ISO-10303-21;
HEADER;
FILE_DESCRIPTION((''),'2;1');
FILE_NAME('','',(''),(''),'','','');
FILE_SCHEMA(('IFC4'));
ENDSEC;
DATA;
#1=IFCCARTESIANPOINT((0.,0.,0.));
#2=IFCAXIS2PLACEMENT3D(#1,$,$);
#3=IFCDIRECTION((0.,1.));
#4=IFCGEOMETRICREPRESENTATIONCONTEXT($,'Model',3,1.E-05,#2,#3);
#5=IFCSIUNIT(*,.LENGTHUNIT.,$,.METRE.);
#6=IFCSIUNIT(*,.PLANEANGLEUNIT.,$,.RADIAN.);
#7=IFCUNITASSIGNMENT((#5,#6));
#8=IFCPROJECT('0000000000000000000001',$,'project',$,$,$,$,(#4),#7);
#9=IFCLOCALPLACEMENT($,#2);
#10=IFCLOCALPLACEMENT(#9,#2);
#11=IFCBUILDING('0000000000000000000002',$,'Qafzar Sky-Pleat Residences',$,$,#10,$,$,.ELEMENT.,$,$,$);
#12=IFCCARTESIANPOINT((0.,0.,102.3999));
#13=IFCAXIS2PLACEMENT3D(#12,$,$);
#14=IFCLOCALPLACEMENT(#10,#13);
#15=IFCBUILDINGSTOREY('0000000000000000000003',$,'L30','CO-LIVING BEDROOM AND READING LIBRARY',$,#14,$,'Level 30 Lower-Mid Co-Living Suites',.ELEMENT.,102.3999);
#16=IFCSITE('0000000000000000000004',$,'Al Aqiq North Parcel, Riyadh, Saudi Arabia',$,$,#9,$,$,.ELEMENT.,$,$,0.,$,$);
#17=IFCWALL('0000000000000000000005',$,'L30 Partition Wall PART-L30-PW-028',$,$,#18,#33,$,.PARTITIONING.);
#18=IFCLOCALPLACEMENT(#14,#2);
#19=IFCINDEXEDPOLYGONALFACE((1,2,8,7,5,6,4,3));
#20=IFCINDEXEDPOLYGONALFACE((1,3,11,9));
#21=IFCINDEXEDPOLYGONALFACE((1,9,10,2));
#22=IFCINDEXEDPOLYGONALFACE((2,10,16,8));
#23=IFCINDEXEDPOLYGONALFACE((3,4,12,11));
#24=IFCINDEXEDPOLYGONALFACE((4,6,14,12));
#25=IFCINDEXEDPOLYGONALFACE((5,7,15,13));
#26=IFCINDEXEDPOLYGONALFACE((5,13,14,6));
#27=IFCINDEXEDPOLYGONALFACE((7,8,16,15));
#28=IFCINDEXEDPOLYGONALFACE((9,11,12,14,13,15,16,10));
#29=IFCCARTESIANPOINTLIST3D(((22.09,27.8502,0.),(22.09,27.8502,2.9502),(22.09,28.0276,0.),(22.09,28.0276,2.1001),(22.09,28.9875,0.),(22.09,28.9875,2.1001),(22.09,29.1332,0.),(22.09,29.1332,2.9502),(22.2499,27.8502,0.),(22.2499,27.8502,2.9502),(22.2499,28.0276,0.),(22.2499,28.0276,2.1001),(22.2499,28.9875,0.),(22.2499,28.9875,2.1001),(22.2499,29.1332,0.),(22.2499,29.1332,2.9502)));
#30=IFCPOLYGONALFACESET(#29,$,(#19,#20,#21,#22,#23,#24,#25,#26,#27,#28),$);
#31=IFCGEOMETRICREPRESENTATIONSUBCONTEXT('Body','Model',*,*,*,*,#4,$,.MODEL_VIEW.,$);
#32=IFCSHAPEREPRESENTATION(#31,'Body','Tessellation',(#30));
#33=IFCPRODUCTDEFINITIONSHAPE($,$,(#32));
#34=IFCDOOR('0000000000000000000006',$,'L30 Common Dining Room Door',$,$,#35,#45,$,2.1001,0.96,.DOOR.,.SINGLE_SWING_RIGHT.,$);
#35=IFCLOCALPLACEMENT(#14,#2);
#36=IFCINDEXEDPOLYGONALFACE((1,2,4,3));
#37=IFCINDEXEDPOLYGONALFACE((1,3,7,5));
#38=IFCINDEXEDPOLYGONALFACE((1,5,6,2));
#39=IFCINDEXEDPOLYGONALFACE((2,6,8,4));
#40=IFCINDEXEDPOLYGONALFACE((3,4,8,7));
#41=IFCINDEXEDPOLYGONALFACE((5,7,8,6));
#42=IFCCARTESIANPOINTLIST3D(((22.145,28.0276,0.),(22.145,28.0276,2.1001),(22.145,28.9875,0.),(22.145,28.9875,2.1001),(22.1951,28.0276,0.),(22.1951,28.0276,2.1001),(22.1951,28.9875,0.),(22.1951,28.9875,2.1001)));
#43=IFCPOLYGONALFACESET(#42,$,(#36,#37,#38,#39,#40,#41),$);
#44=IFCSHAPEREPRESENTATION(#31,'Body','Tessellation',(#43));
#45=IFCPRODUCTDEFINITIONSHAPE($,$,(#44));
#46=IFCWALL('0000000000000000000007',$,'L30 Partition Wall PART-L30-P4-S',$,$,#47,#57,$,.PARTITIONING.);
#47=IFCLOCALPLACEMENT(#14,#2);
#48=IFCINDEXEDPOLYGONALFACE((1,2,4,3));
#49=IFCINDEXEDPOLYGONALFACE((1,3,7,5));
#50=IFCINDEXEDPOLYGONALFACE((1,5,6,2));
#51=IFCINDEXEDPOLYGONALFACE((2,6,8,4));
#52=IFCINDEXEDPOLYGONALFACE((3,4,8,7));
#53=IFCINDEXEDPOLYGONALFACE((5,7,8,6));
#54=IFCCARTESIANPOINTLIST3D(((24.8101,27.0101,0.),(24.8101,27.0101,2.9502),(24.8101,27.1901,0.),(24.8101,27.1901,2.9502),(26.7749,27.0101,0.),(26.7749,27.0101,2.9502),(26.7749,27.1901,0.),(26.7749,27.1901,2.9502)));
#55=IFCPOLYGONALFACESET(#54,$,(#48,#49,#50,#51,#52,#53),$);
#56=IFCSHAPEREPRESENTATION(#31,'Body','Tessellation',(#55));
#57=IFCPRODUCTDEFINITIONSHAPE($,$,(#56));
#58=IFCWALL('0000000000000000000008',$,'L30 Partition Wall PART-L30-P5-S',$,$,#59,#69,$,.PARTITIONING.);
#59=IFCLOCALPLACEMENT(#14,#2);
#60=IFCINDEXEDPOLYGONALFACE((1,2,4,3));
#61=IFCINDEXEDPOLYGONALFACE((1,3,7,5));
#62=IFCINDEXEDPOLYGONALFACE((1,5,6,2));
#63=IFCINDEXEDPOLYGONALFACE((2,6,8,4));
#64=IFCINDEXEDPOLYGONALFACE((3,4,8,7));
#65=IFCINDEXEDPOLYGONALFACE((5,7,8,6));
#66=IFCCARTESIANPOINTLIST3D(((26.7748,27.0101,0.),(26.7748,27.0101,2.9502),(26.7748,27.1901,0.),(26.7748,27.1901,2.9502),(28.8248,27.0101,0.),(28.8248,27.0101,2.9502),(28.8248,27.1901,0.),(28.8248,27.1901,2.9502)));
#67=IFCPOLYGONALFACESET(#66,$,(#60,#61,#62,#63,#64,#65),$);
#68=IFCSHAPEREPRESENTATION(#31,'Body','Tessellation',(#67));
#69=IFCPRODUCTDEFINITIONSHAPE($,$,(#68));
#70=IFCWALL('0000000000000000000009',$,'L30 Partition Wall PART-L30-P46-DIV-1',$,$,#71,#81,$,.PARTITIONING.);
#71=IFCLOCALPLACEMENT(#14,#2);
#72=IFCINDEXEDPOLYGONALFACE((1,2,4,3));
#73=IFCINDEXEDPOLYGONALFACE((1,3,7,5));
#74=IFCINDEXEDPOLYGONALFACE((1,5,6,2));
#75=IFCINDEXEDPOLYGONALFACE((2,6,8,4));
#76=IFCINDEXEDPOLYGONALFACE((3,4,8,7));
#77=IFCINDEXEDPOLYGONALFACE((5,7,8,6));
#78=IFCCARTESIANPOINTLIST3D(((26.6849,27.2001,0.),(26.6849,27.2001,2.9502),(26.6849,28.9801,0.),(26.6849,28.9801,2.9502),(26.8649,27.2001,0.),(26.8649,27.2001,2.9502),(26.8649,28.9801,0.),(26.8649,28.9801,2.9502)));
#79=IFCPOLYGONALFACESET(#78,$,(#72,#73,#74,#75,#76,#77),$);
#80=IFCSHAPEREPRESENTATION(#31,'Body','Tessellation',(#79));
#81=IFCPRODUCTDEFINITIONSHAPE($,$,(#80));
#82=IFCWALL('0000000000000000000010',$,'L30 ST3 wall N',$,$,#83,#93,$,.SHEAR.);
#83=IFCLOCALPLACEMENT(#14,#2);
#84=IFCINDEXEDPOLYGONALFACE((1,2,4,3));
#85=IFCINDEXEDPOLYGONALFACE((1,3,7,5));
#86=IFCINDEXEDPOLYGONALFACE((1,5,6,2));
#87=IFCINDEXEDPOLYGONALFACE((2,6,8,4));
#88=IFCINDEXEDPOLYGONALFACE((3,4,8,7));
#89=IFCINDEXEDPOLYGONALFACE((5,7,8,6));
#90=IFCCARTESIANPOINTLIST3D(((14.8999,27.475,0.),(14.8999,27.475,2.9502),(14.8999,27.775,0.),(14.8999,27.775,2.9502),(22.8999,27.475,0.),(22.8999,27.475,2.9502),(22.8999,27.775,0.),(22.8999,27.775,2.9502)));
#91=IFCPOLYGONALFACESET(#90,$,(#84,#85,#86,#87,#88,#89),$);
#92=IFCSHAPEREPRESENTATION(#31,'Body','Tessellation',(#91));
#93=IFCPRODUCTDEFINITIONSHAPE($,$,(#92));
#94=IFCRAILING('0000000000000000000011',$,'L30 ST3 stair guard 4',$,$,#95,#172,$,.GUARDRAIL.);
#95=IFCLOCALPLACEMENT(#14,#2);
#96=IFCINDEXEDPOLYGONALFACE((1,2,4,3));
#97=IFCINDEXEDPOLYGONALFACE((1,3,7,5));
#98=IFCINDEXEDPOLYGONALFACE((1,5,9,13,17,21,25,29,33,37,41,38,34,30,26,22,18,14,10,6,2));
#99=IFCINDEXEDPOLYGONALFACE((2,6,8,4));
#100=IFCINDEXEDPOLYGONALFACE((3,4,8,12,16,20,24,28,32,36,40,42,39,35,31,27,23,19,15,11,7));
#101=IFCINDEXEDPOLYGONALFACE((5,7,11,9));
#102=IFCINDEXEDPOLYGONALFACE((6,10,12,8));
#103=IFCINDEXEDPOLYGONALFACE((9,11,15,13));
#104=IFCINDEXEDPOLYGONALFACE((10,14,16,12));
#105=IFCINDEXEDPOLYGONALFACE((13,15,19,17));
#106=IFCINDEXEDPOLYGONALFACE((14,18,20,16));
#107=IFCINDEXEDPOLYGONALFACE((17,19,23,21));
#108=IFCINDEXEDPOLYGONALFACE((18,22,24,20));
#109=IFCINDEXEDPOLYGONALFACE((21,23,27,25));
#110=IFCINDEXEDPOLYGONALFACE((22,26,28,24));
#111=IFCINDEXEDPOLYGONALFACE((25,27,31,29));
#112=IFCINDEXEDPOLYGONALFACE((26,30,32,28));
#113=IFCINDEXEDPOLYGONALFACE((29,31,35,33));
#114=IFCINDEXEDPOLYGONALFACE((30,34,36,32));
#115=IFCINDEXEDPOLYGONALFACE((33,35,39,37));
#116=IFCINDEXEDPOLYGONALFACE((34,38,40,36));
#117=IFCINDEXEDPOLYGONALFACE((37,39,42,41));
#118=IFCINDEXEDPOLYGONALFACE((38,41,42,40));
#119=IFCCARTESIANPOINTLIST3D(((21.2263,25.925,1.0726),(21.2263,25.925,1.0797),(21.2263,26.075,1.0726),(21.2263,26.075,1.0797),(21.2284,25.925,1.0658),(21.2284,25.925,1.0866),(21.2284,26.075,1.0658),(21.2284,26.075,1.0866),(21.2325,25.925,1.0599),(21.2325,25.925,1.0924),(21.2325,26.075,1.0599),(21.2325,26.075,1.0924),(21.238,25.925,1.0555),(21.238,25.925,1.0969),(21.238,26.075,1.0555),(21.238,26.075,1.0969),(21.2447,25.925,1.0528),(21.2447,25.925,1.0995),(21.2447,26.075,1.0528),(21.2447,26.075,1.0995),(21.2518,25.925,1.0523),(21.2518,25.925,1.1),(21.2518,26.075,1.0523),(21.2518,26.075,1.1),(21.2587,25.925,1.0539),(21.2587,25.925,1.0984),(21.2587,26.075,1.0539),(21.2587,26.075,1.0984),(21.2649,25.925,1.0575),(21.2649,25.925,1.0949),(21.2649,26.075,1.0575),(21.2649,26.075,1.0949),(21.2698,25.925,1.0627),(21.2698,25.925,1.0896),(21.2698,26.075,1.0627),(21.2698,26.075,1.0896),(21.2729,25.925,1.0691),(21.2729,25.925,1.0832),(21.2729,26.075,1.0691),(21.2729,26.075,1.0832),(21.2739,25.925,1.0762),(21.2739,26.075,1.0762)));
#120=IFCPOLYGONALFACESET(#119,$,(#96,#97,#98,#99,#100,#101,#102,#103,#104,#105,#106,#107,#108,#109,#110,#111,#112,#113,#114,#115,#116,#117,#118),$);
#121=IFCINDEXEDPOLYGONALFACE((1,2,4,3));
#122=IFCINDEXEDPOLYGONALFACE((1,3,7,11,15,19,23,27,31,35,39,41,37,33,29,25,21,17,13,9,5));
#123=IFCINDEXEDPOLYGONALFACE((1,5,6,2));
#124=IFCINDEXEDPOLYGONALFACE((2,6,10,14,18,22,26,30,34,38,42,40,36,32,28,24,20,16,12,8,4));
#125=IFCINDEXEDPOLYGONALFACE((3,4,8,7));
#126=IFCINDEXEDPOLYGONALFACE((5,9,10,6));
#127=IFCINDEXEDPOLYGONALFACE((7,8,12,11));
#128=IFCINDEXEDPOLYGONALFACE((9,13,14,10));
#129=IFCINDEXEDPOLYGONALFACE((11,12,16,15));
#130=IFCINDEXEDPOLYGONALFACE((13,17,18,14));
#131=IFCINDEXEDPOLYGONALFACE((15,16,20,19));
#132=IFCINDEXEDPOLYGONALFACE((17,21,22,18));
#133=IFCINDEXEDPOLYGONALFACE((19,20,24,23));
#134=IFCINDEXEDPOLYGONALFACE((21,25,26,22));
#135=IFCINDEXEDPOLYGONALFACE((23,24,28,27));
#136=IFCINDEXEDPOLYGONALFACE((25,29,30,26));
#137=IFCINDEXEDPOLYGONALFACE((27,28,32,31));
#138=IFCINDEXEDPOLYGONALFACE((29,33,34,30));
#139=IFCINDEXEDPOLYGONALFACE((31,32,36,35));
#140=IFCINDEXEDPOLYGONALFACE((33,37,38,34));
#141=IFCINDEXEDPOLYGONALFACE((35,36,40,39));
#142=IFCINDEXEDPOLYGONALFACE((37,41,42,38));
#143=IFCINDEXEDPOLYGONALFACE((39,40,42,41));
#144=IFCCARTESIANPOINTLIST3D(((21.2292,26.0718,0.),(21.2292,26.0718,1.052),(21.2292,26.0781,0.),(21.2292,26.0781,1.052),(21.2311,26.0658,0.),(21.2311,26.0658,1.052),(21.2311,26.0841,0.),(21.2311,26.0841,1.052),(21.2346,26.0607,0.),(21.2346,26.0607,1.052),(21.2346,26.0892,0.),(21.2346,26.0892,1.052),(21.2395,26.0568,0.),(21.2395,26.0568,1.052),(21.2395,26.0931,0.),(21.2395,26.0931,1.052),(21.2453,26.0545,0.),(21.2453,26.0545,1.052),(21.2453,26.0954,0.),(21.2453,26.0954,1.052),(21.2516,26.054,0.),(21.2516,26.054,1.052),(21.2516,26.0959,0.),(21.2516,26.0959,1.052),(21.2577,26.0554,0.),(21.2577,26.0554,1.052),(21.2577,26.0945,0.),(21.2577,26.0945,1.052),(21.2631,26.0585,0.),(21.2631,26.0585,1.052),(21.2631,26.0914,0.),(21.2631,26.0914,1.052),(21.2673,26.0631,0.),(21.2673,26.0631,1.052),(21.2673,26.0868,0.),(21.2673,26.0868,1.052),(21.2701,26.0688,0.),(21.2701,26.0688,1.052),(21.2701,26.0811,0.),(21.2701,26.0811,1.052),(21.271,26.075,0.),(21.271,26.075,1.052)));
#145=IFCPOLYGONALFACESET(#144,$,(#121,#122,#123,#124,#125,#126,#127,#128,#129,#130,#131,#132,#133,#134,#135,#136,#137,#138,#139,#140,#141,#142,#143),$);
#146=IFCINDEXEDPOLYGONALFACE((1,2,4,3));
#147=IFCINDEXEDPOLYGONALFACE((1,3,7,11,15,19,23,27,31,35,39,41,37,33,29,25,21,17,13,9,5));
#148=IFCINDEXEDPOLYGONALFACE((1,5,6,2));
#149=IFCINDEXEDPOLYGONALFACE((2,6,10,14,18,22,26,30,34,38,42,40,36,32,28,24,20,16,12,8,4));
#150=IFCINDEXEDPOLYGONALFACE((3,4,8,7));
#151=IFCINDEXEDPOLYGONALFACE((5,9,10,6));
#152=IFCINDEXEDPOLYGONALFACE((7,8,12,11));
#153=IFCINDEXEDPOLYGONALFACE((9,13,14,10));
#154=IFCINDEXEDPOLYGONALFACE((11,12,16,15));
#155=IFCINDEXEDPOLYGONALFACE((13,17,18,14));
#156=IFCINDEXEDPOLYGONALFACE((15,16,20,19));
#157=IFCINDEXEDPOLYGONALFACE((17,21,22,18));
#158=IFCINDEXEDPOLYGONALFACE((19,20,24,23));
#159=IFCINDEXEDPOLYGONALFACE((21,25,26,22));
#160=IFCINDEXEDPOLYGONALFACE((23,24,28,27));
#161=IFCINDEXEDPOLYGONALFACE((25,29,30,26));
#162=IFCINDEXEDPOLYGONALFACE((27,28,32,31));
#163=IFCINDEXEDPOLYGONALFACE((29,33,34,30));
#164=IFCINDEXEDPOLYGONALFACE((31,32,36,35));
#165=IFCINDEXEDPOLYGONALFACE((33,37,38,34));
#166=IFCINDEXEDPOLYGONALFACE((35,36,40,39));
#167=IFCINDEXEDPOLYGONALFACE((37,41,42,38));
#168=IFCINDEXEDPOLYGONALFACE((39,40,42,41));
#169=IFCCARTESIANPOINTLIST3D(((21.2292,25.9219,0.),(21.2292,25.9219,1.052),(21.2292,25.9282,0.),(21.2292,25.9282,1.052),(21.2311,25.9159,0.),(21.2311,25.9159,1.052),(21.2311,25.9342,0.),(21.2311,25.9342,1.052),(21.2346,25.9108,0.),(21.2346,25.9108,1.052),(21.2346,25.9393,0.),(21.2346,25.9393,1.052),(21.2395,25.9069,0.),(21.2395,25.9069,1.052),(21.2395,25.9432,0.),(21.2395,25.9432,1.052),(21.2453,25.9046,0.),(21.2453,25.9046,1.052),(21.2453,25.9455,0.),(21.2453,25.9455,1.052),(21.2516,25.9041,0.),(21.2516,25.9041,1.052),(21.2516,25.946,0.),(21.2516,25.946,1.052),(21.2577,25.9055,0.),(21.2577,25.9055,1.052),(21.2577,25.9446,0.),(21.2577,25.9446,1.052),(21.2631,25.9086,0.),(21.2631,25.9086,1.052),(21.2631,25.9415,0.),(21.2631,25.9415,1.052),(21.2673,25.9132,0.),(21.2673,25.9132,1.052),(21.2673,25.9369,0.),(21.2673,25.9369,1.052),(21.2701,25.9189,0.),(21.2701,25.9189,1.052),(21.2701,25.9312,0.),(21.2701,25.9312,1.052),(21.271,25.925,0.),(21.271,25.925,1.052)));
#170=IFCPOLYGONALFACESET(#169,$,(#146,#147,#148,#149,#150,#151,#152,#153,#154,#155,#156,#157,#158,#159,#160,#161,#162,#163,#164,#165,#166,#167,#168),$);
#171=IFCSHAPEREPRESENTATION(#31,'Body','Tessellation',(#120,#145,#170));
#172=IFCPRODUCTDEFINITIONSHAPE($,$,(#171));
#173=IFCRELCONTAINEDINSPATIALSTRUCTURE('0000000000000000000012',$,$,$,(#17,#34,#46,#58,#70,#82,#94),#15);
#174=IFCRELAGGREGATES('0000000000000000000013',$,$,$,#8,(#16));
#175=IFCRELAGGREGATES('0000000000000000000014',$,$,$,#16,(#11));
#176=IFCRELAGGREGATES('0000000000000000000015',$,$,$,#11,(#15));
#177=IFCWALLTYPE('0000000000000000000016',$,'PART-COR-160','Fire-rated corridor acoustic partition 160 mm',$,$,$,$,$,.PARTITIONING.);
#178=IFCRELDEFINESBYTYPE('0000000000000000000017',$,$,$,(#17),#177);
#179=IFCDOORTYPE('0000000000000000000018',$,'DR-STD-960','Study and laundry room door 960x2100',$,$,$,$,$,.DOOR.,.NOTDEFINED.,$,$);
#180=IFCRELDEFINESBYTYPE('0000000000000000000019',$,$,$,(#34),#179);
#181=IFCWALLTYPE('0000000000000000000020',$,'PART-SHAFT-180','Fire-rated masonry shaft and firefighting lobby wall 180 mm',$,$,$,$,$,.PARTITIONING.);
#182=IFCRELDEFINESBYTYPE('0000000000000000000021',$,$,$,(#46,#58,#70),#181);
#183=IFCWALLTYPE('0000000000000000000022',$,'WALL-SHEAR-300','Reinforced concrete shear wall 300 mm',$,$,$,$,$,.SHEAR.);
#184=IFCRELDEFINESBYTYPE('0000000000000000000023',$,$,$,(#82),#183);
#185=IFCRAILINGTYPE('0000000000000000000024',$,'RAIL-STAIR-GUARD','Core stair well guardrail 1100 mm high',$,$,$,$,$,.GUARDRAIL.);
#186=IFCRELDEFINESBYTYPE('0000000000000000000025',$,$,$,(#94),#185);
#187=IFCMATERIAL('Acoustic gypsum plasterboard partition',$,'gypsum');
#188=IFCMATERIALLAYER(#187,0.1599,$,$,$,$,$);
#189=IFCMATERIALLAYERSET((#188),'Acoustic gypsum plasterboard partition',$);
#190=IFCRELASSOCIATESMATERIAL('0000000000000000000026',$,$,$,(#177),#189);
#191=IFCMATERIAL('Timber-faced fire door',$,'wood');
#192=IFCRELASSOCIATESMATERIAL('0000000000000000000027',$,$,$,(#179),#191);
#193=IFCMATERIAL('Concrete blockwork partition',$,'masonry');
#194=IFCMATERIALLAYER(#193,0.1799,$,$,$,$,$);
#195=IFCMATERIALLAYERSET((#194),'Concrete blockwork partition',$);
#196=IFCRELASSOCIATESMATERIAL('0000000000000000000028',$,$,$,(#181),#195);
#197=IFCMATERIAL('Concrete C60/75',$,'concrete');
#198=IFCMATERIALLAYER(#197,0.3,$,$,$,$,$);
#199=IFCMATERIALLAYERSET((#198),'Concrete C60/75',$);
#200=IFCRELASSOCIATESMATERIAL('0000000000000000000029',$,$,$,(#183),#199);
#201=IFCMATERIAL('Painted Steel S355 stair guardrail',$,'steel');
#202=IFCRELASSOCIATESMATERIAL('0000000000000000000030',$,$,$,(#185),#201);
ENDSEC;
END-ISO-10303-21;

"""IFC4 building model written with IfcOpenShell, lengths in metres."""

from ifc_helpers import new_model, si_unit, direction, frame, frame_2d, origin, origin_2d, place, context, subcontext, project, spatial, rectangle, circle, extrude, source, transform, mapped, material, layer, layer_set, type_object, element, fill, save


model = new_model("IFC4")

# Units and contexts
model_context = context("Model", 3, precision=1e-05, world=origin(), true_north=direction((0.0, 1.0)))
body_context = subcontext(model_context, "Body", "Model", "MODEL_VIEW")
ifc_project = project(units=[si_unit("LENGTHUNIT", "METRE"), si_unit("PLANEANGLEUNIT", "RADIAN")], contexts=[model_context])

# Site, building, storey
site_placement = place(None, origin())
site = spatial("IfcSite", under=ifc_project, at=site_placement, Name="Al Aqiq North Parcel, Riyadh, Saudi Arabia", CompositionType="ELEMENT", RefElevation=0.0)
building_placement = place(site_placement, origin())
building = spatial("IfcBuilding", under=site, at=building_placement, Name="Qafzar Sky-Pleat Residences", CompositionType="ELEMENT")
storey_placement = place(building_placement, frame((0.0, 0.0, 102.3999)))
storey = spatial("IfcBuildingStorey", under=building, at=storey_placement, Name="L30", Description="CO-LIVING BEDROOM AND READING LIBRARY", LongName="Level 30 Lower-Mid Co-Living Suites", CompositionType="ELEMENT", Elevation=102.3999)

# Wall, opening, door
ifc_material_1 = material(Name="Acoustic gypsum plasterboard partition", Category="gypsum")
ifc_layer_1 = layer(ifc_material_1, 0.1599)
ifc_layer_set_1 = layer_set([ifc_layer_1], Name="Acoustic gypsum plasterboard partition")
wall_type_1 = type_object("IfcWallType", Name="PART-COR-160", Description="Fire-rated corridor acoustic partition 160 mm", PredefinedType="PARTITIONING", material=ifc_layer_set_1)
wall_1_placement = place(storey_placement, frame((22.1699, 27.8501, 0.0), z_axis=(0.0, 0.0, 1.0), x_axis=(0.0, 1.0, 0.0)))
wall_1 = element("IfcWall", 1, at=wall_1_placement, inside=storey, type_object=wall_type_1, Name="L30 Partition Wall PART-L30-PW-028", PredefinedType="PARTITIONING", context=body_context, shape_type="SweptSolid", body=[
    extrude(rectangle(XDim=1.283, YDim=0.1599, at=frame_2d((0.6416, 0.0))), origin(), (0.0, 0.0, 1.0), 2.9502),
])
opening_1_placement = place(wall_1_placement, frame((0.1775, 0.0, 0.0)))
opening_1 = element("IfcOpeningElement", 2, at=opening_1_placement, cuts=wall_1, PredefinedType="OPENING", context=body_context, shape_type="SweptSolid", body=[
    extrude(rectangle(XDim=0.96, YDim=2.1001, at=frame_2d((0.48, 1.05))), frame((0.0, 0.0898, 0.0), z_axis=(0.0, -1.0, 0.0), x_axis=(1.0, 0.0, 0.0)), (0.0, 0.0, 1.0), 0.1799),
])
ifc_material_2 = material(Name="Timber-faced fire door", Category="wood")
door_type_1 = type_object("IfcDoorType", Name="DR-STD-960", Description="Study and laundry room door 960x2100", OperationType="NOTDEFINED", PredefinedType="DOOR", material=ifc_material_2)
shared_shape_1 = source(origin(), body_context, "Body", "SweptSolid", [
    extrude(rectangle(XDim=0.96, YDim=2.1001, at=frame_2d((0.48, 1.05))), frame((0.0, 0.0249, 0.0), z_axis=(0.0, -1.0, 0.0), x_axis=(1.0, 0.0, 0.0)), (0.0, 0.0, 1.0), 0.05),
])
door_1_placement = place(opening_1_placement, origin())
door_1 = element("IfcDoor", 3, at=door_1_placement, inside=storey, type_object=door_type_1, Name="L30 Common Dining Room Door", OperationType="SINGLE_SWING_RIGHT", OverallHeight=2.1001, OverallWidth=0.96, PredefinedType="DOOR", context=body_context, shape_type="MappedRepresentation", body=[
    mapped(shared_shape_1, transform((0.0, 0.0, 0.0), x_axis=(1.0, 0.0, 0.0), y_axis=(0.0, 1.0, 0.0), z_axis=(0.0, 0.0, 1.0), scale=1.0)),
])
fill(opening_1, door_1)
ifc_material_3 = material(Name="Concrete blockwork partition", Category="masonry")
ifc_layer_2 = layer(ifc_material_3, 0.1799)
ifc_layer_set_2 = layer_set([ifc_layer_2], Name="Concrete blockwork partition")
wall_type_2 = type_object("IfcWallType", Name="PART-SHAFT-180", Description="Fire-rated masonry shaft and firefighting lobby wall 180 mm", PredefinedType="PARTITIONING", material=ifc_layer_set_2)

# Walls
wall_2_placement = place(storey_placement, frame((24.8101, 27.1001, 0.0), z_axis=(0.0, 0.0, 1.0), x_axis=(1.0, 0.0, 0.0)))
element("IfcWall", 4, at=wall_2_placement, inside=storey, type_object=wall_type_2, Name="L30 Partition Wall PART-L30-P4-S", PredefinedType="PARTITIONING", context=body_context, shape_type="SweptSolid", body=[
    extrude(rectangle(XDim=1.9648, YDim=0.1799, at=frame_2d((0.9824, 0.0))), origin(), (0.0, 0.0, 1.0), 2.9502),
])
wall_3_placement = place(storey_placement, frame((26.7749, 27.1001, 0.0), z_axis=(0.0, 0.0, 1.0), x_axis=(1.0, 0.0, 0.0)))
element("IfcWall", 5, at=wall_3_placement, inside=storey, type_object=wall_type_2, Name="L30 Partition Wall PART-L30-P5-S", PredefinedType="PARTITIONING", context=body_context, shape_type="SweptSolid", body=[
    extrude(rectangle(XDim=2.05, YDim=0.1799, at=frame_2d((1.0249, 0.0))), origin(), (0.0, 0.0, 1.0), 2.9502),
])
wall_4_placement = place(storey_placement, frame((26.7749, 27.2, 0.0), z_axis=(0.0, 0.0, 1.0), x_axis=(0.0, 1.0, 0.0)))
element("IfcWall", 6, at=wall_4_placement, inside=storey, type_object=wall_type_2, Name="L30 Partition Wall PART-L30-P46-DIV-1", PredefinedType="PARTITIONING", context=body_context, shape_type="SweptSolid", body=[
    extrude(rectangle(XDim=1.78, YDim=0.1799, at=frame_2d((0.8901, 0.0))), origin(), (0.0, 0.0, 1.0), 2.9502),
])
ifc_material_4 = material(Name="Concrete C60/75", Category="concrete")
ifc_layer_3 = layer(ifc_material_4, 0.3)
ifc_layer_set_3 = layer_set([ifc_layer_3], Name="Concrete C60/75")
wall_type_3 = type_object("IfcWallType", Name="WALL-SHEAR-300", Description="Reinforced concrete shear wall 300 mm", PredefinedType="SHEAR", material=ifc_layer_set_3)
wall_5_placement = place(storey_placement, frame((22.8999, 27.625, 0.0), z_axis=(0.0, 0.0, 1.0), x_axis=(-1.0, 0.0, 0.0)))
element("IfcWall", 7, at=wall_5_placement, inside=storey, type_object=wall_type_3, Name="L30 ST3 wall N", PredefinedType="SHEAR", context=body_context, shape_type="SweptSolid", body=[
    extrude(rectangle(XDim=8.0, YDim=0.3, at=frame_2d((4.0, 0.0))), origin(), (0.0, 0.0, 1.0), 2.9502),
])

# Railing
ifc_material_5 = material(Name="Painted Steel S355 stair guardrail", Category="steel")
railing_type = type_object("IfcRailingType", Name="RAIL-STAIR-GUARD", Description="Core stair well guardrail 1100 mm high", PredefinedType="GUARDRAIL", material=ifc_material_5)
shared_shape_2 = source(origin(), body_context, "Body", "SweptSolid", [
    extrude(circle(Radius=0.0239, at=origin_2d()), frame((0.0, 0.0, 1.0762), z_axis=(0.0, -1.0, 0.0), x_axis=(1.0, 0.0, 0.0)), (0.0, 0.0, 1.0), 0.1499),
    extrude(circle(Radius=0.021, at=origin_2d()), origin(), (0.0, 0.0, 1.0), 1.052),
    extrude(circle(Radius=0.021, at=origin_2d()), frame((0.0, -0.1499, 0.0)), (0.0, 0.0, 1.0), 1.052),
])
railing_placement = place(storey_placement, frame((21.25, 26.075, 0.0)))
element("IfcRailing", 8, at=railing_placement, inside=storey, type_object=railing_type, Name="L30 ST3 stair guard 4", PredefinedType="GUARDRAIL", context=body_context, shape_type="MappedRepresentation", body=[
    mapped(shared_shape_2, transform((0.0, 0.0, 0.0), x_axis=(1.0, 0.0, 0.0), y_axis=(0.0, 1.0, 0.0), z_axis=(0.0, 0.0, 1.0), scale=1.0)),
])

save(model, "model.ifc")
